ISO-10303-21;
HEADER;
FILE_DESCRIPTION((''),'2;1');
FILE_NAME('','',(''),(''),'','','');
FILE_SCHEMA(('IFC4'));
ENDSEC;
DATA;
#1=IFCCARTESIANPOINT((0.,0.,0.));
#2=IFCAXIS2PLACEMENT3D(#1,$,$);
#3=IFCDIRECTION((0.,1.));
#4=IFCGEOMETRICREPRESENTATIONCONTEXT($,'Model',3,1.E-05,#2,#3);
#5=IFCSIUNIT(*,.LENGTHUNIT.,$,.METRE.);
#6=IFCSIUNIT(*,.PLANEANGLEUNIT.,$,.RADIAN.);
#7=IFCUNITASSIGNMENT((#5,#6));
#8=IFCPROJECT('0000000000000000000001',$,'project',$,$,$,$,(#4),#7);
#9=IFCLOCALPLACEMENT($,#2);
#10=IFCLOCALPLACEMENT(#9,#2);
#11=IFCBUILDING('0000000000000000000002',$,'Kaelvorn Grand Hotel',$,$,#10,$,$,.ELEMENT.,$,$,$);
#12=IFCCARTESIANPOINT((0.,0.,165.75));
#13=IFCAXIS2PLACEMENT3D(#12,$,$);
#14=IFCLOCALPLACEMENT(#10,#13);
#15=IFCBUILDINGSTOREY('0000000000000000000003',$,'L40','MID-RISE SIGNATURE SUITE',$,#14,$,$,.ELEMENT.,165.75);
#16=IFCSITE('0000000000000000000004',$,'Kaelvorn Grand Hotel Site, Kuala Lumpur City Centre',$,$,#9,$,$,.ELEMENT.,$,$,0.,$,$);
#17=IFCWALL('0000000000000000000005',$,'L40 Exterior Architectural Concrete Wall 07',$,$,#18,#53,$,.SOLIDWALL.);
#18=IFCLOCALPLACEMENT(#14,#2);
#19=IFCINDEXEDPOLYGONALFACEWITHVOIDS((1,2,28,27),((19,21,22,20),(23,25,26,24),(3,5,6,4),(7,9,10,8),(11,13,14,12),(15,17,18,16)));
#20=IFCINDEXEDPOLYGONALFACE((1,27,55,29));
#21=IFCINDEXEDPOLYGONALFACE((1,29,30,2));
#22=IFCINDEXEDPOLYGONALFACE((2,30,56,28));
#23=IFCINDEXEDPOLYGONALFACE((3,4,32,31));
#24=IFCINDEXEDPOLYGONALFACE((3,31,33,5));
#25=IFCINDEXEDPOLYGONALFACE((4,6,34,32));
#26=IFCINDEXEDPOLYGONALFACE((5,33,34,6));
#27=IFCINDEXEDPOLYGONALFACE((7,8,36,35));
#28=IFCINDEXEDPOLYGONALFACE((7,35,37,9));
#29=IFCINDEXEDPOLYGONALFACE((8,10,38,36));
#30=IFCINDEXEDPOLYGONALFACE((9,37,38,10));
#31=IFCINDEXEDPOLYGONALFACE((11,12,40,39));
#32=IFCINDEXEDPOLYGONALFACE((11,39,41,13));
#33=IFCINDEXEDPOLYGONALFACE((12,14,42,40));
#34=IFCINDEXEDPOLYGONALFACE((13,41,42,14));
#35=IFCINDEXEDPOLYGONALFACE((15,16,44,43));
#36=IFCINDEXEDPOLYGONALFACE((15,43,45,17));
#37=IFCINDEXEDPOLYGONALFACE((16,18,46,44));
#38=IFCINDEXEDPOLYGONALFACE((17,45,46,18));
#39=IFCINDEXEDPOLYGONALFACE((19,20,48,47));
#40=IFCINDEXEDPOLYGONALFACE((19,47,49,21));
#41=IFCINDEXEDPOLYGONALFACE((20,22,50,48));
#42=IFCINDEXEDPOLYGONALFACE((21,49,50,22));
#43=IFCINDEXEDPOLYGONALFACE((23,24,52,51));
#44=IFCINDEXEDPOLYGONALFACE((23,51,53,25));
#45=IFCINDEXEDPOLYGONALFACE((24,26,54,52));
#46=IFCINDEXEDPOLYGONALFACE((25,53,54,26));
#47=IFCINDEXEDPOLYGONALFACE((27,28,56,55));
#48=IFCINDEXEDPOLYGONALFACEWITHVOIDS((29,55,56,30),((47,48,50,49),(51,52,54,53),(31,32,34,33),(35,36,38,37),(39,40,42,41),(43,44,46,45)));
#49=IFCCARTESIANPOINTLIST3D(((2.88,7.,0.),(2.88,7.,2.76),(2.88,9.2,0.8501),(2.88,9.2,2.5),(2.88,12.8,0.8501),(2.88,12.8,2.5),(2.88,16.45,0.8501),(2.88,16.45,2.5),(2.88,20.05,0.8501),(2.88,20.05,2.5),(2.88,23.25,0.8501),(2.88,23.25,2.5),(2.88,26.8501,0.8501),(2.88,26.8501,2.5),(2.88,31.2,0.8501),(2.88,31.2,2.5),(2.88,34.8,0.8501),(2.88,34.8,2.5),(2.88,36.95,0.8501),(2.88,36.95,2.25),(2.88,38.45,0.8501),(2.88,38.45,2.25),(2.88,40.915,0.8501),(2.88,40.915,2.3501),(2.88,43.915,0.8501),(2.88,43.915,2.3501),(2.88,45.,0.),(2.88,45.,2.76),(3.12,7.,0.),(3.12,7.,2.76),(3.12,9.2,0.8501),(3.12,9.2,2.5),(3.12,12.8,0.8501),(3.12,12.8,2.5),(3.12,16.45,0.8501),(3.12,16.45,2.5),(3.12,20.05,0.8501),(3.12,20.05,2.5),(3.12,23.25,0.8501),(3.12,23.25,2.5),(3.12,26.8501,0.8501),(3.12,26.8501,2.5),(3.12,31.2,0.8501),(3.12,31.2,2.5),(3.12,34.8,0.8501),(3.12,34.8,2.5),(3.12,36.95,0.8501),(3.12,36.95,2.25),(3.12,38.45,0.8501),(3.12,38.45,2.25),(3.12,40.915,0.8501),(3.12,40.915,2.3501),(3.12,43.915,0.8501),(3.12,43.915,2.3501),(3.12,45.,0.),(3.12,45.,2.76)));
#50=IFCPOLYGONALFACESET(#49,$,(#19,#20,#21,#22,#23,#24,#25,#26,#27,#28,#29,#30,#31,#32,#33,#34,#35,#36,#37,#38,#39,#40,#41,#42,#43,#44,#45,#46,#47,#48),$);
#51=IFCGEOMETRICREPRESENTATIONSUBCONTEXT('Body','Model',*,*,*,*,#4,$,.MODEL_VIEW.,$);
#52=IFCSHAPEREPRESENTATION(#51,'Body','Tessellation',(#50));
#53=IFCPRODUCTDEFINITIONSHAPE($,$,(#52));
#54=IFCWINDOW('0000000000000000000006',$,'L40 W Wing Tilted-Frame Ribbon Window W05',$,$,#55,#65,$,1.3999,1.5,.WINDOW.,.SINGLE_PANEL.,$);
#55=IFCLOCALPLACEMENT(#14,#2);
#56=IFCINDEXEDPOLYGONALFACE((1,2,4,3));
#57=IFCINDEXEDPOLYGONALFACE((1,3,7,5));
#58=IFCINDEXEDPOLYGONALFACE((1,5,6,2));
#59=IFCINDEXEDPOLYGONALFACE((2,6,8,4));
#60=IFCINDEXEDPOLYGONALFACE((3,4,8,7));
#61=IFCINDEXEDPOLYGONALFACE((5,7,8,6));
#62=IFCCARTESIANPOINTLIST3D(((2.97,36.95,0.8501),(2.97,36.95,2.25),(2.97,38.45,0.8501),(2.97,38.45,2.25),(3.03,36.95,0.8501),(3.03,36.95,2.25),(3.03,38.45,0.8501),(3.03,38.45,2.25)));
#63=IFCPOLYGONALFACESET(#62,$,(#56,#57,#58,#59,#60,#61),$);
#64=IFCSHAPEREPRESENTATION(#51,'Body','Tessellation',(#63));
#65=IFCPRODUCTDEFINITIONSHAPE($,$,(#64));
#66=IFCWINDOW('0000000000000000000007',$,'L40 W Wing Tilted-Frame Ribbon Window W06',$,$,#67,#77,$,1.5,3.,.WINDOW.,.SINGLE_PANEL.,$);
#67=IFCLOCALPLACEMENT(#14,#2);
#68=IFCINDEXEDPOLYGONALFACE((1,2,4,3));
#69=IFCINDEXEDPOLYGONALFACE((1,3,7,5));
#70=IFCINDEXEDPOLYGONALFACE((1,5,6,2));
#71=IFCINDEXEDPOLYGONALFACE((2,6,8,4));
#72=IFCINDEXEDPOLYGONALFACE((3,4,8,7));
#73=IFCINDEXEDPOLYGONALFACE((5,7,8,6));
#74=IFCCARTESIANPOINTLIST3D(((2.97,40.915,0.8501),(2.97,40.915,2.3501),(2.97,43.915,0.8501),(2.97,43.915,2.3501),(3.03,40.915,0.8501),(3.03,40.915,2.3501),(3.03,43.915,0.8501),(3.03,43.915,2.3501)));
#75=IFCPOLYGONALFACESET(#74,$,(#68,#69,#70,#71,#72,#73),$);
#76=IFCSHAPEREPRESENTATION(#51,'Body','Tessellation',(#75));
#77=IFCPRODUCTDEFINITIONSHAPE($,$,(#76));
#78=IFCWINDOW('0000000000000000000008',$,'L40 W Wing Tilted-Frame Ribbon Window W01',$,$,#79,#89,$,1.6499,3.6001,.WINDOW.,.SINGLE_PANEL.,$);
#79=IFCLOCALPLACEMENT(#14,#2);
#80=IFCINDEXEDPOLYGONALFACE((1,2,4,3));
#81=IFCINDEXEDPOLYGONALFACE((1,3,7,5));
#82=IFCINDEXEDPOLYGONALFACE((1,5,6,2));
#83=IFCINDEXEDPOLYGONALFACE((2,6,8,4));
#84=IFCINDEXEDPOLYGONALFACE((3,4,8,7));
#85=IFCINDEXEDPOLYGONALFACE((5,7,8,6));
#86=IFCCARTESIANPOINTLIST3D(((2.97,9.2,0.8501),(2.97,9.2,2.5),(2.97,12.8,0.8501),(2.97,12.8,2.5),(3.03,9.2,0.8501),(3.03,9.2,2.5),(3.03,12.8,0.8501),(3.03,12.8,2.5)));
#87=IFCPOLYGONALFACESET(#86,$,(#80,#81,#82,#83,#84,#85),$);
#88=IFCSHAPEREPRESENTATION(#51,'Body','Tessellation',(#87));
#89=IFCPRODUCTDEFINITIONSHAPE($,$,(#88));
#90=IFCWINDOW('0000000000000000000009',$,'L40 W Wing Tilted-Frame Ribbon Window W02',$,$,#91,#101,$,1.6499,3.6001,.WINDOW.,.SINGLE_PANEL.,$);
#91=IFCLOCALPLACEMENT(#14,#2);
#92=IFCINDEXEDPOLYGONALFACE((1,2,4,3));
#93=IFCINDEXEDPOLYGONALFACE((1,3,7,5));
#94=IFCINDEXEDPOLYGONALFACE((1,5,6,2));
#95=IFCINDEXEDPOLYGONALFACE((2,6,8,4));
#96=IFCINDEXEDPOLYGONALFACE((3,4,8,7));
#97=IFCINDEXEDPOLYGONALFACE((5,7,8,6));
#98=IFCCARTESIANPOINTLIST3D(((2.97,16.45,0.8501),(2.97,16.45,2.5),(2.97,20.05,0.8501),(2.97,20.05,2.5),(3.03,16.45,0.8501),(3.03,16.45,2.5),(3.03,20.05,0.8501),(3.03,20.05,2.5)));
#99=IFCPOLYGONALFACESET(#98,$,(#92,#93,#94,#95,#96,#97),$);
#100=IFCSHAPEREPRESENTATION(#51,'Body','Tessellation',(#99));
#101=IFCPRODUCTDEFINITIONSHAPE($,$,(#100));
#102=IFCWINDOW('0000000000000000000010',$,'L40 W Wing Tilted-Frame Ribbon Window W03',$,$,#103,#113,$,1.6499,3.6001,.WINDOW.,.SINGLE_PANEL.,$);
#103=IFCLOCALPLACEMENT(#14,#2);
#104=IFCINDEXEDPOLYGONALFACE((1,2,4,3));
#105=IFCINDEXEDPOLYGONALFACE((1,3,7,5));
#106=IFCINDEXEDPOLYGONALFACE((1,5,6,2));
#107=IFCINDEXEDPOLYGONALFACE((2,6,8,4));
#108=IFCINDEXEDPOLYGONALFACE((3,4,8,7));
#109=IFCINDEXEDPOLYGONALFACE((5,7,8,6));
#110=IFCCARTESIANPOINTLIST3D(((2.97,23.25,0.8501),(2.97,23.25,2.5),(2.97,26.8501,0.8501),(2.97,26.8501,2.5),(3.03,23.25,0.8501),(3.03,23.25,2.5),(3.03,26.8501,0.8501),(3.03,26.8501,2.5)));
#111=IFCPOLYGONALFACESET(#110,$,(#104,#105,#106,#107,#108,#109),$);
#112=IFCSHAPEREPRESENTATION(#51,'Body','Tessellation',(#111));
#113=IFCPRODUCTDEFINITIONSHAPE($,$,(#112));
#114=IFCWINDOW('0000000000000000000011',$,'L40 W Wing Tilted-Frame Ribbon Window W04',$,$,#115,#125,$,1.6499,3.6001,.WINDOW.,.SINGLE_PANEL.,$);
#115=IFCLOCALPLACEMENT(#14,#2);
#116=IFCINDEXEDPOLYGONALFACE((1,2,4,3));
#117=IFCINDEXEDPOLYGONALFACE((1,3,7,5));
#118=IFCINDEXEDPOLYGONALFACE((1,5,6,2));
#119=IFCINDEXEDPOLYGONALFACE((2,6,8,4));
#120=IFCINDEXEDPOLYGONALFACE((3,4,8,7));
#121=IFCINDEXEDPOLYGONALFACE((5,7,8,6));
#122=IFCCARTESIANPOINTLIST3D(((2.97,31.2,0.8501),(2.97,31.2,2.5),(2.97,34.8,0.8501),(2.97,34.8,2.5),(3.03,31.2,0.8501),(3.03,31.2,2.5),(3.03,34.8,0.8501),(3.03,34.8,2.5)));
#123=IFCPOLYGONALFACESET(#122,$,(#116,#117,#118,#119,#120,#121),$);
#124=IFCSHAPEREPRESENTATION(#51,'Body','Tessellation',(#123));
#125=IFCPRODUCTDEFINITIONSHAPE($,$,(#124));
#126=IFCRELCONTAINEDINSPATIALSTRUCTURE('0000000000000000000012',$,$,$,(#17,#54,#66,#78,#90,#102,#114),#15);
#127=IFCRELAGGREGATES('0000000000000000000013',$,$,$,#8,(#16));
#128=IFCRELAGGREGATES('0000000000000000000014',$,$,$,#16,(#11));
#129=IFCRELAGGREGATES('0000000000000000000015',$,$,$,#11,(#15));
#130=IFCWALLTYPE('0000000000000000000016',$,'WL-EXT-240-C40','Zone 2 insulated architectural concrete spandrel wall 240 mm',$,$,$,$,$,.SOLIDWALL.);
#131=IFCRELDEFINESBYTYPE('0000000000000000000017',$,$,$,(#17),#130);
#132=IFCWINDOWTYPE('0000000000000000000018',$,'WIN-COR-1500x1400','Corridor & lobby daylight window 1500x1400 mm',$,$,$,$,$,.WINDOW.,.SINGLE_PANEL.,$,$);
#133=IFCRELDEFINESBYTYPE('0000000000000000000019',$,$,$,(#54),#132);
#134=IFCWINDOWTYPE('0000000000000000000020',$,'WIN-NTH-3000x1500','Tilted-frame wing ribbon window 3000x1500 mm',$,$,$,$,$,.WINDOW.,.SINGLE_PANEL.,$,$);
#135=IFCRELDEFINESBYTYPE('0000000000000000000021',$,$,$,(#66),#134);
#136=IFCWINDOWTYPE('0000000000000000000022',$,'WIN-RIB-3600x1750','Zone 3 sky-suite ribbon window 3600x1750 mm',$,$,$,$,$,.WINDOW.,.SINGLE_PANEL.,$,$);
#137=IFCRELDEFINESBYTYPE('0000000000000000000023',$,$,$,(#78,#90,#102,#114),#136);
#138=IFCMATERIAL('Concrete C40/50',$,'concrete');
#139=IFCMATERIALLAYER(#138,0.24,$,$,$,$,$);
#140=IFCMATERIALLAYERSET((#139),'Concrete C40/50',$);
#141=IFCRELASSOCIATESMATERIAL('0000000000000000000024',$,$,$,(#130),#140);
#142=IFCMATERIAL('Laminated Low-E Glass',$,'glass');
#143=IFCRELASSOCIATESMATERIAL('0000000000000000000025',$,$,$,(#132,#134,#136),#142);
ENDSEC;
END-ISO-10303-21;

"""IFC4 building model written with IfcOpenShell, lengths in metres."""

from ifc_helpers import new_model, si_unit, direction, frame, frame_2d, origin, place, context, subcontext, project, spatial, rectangle, extrude, material, layer, layer_set, type_object, element, fill, save


model = new_model("IFC4")

# Units and contexts
model_context = context("Model", 3, precision=1e-05, world=origin(), true_north=direction((0.0, 1.0)))
body_context = subcontext(model_context, "Body", "Model", "MODEL_VIEW")
ifc_project = project(units=[si_unit("LENGTHUNIT", "METRE"), si_unit("PLANEANGLEUNIT", "RADIAN")], contexts=[model_context])

# Site, building, storey
site_placement = place(None, origin())
site = spatial("IfcSite", under=ifc_project, at=site_placement, Name="Kaelvorn Grand Hotel Site, Kuala Lumpur City Centre", CompositionType="ELEMENT", RefElevation=0.0)
building_placement = place(site_placement, origin())
building = spatial("IfcBuilding", under=site, at=building_placement, Name="Kaelvorn Grand Hotel", CompositionType="ELEMENT")
storey_placement = place(building_placement, frame((0.0, 0.0, 165.75)))
storey = spatial("IfcBuildingStorey", under=building, at=storey_placement, Name="L40", Description="MID-RISE SIGNATURE SUITE", CompositionType="ELEMENT", Elevation=165.75)

# Shared definitions
ifc_material_1 = material(Name="Concrete C40/50", Category="concrete")
ifc_layer_1 = layer(ifc_material_1, 0.24)
ifc_layer_set_1 = layer_set([ifc_layer_1], Name="Concrete C40/50")
wall_type = type_object("IfcWallType", Name="WL-EXT-240-C40", Description="Zone 2 insulated architectural concrete spandrel wall 240 mm", PredefinedType="SOLIDWALL", material=ifc_layer_set_1)
ifc_material_2 = material(Name="Laminated Low-E Glass", Category="glass")

# Wall, openings, windows
wall_1_placement = place(storey_placement, frame((3.0, 45.0, 0.0), z_axis=(0.0, 0.0, 1.0), x_axis=(0.0, -1.0, 0.0)))
wall_1 = element("IfcWall", 1, at=wall_1_placement, inside=storey, type_object=wall_type, Name="L40 Exterior Architectural Concrete Wall 07", PredefinedType="SOLIDWALL", context=body_context, shape_type="SweptSolid", body=[
    extrude(rectangle(XDim=38.0, YDim=0.24, at=frame_2d((19.0, 0.0))), origin(), (0.0, 0.0, 1.0), 2.76),
])
opening_1_placement = place(wall_1_placement, frame((32.2, 0.0, 0.8501)))
opening_1 = element("IfcOpeningElement", 2, at=opening_1_placement, cuts=wall_1, PredefinedType="OPENING", context=body_context, shape_type="SweptSolid", body=[
    extrude(rectangle(XDim=3.6001, YDim=1.6499, at=frame_2d((1.8, 0.825))), frame((0.0, 0.1299, 0.0), z_axis=(0.0, -1.0, 0.0), x_axis=(1.0, 0.0, 0.0)), (0.0, 0.0, 1.0), 0.26),
])
opening_2_placement = place(wall_1_placement, frame((24.95, 0.0, 0.8501)))
opening_2 = element("IfcOpeningElement", 3, at=opening_2_placement, cuts=wall_1, PredefinedType="OPENING", context=body_context, shape_type="SweptSolid", body=[
    extrude(rectangle(XDim=3.6001, YDim=1.6499, at=frame_2d((1.8, 0.825))), frame((0.0, 0.1299, 0.0), z_axis=(0.0, -1.0, 0.0), x_axis=(1.0, 0.0, 0.0)), (0.0, 0.0, 1.0), 0.26),
])
opening_3_placement = place(wall_1_placement, frame((18.1499, 0.0, 0.8501)))
opening_3 = element("IfcOpeningElement", 4, at=opening_3_placement, cuts=wall_1, PredefinedType="OPENING", context=body_context, shape_type="SweptSolid", body=[
    extrude(rectangle(XDim=3.6001, YDim=1.6499, at=frame_2d((1.8, 0.825))), frame((0.0, 0.1299, 0.0), z_axis=(0.0, -1.0, 0.0), x_axis=(1.0, 0.0, 0.0)), (0.0, 0.0, 1.0), 0.26),
])
opening_4_placement = place(wall_1_placement, frame((10.2, 0.0, 0.8501)))
opening_4 = element("IfcOpeningElement", 5, at=opening_4_placement, cuts=wall_1, PredefinedType="OPENING", context=body_context, shape_type="SweptSolid", body=[
    extrude(rectangle(XDim=3.6001, YDim=1.6499, at=frame_2d((1.8, 0.825))), frame((0.0, 0.1299, 0.0), z_axis=(0.0, -1.0, 0.0), x_axis=(1.0, 0.0, 0.0)), (0.0, 0.0, 1.0), 0.26),
])
opening_5_placement = place(wall_1_placement, frame((6.55, 0.0, 0.8501)))
opening_5 = element("IfcOpeningElement", 6, at=opening_5_placement, cuts=wall_1, PredefinedType="OPENING", context=body_context, shape_type="SweptSolid", body=[
    extrude(rectangle(XDim=1.5, YDim=1.3999, at=frame_2d((0.75, 0.7))), frame((0.0, 0.1299, 0.0), z_axis=(0.0, -1.0, 0.0), x_axis=(1.0, 0.0, 0.0)), (0.0, 0.0, 1.0), 0.26),
])
opening_6_placement = place(wall_1_placement, frame((1.085, 0.0, 0.8501)))
opening_6 = element("IfcOpeningElement", 7, at=opening_6_placement, cuts=wall_1, PredefinedType="OPENING", context=body_context, shape_type="SweptSolid", body=[
    extrude(rectangle(XDim=3.0, YDim=1.5, at=frame_2d((1.5, 0.75))), frame((0.0, 0.1299, 0.0), z_axis=(0.0, -1.0, 0.0), x_axis=(1.0, 0.0, 0.0)), (0.0, 0.0, 1.0), 0.26),
])
window_type_1 = type_object("IfcWindowType", Name="WIN-COR-1500x1400", Description="Corridor & lobby daylight window 1500x1400 mm", PartitioningType="SINGLE_PANEL", PredefinedType="WINDOW", material=ifc_material_2)
window_1_placement = place(opening_5_placement, origin())
window_1 = element("IfcWindow", 8, at=window_1_placement, inside=storey, type_object=window_type_1, Name="L40 W Wing Tilted-Frame Ribbon Window W05", OverallHeight=1.3999, OverallWidth=1.5, PartitioningType="SINGLE_PANEL", PredefinedType="WINDOW", context=body_context, shape_type="SweptSolid", body=[
    extrude(rectangle(XDim=1.5, YDim=1.3999, at=frame_2d((0.75, 0.7))), frame((0.0, 0.03, 0.0), z_axis=(0.0, -1.0, 0.0), x_axis=(1.0, 0.0, 0.0)), (0.0, 0.0, 1.0), 0.0601),
])
fill(opening_5, window_1)
window_type_2 = type_object("IfcWindowType", Name="WIN-NTH-3000x1500", Description="Tilted-frame wing ribbon window 3000x1500 mm", PartitioningType="SINGLE_PANEL", PredefinedType="WINDOW", material=ifc_material_2)
window_2_placement = place(opening_6_placement, origin())
window_2 = element("IfcWindow", 9, at=window_2_placement, inside=storey, type_object=window_type_2, Name="L40 W Wing Tilted-Frame Ribbon Window W06", OverallHeight=1.5, OverallWidth=3.0, PartitioningType="SINGLE_PANEL", PredefinedType="WINDOW", context=body_context, shape_type="SweptSolid", body=[
    extrude(rectangle(XDim=3.0, YDim=1.5, at=frame_2d((1.5, 0.75))), frame((0.0, 0.03, 0.0), z_axis=(0.0, -1.0, 0.0), x_axis=(1.0, 0.0, 0.0)), (0.0, 0.0, 1.0), 0.0601),
])
fill(opening_6, window_2)
window_type_3 = type_object("IfcWindowType", Name="WIN-RIB-3600x1750", Description="Zone 3 sky-suite ribbon window 3600x1750 mm", PartitioningType="SINGLE_PANEL", PredefinedType="WINDOW", material=ifc_material_2)
window_3_placement = place(opening_1_placement, origin())
window_3 = element("IfcWindow", 10, at=window_3_placement, inside=storey, type_object=window_type_3, Name="L40 W Wing Tilted-Frame Ribbon Window W01", OverallHeight=1.6499, OverallWidth=3.6001, PartitioningType="SINGLE_PANEL", PredefinedType="WINDOW", context=body_context, shape_type="SweptSolid", body=[
    extrude(rectangle(XDim=3.6001, YDim=1.6499, at=frame_2d((1.8, 0.825))), frame((0.0, 0.03, 0.0), z_axis=(0.0, -1.0, 0.0), x_axis=(1.0, 0.0, 0.0)), (0.0, 0.0, 1.0), 0.0601),
])
fill(opening_1, window_3)
window_4_placement = place(opening_2_placement, origin())
window_4 = element("IfcWindow", 11, at=window_4_placement, inside=storey, type_object=window_type_3, Name="L40 W Wing Tilted-Frame Ribbon Window W02", OverallHeight=1.6499, OverallWidth=3.6001, PartitioningType="SINGLE_PANEL", PredefinedType="WINDOW", context=body_context, shape_type="SweptSolid", body=[
    extrude(rectangle(XDim=3.6001, YDim=1.6499, at=frame_2d((1.8, 0.825))), frame((0.0, 0.03, 0.0), z_axis=(0.0, -1.0, 0.0), x_axis=(1.0, 0.0, 0.0)), (0.0, 0.0, 1.0), 0.0601),
])
fill(opening_2, window_4)
window_5_placement = place(opening_3_placement, origin())
window_5 = element("IfcWindow", 12, at=window_5_placement, inside=storey, type_object=window_type_3, Name="L40 W Wing Tilted-Frame Ribbon Window W03", OverallHeight=1.6499, OverallWidth=3.6001, PartitioningType="SINGLE_PANEL", PredefinedType="WINDOW", context=body_context, shape_type="SweptSolid", body=[
    extrude(rectangle(XDim=3.6001, YDim=1.6499, at=frame_2d((1.8, 0.825))), frame((0.0, 0.03, 0.0), z_axis=(0.0, -1.0, 0.0), x_axis=(1.0, 0.0, 0.0)), (0.0, 0.0, 1.0), 0.0601),
])
fill(opening_3, window_5)
window_6_placement = place(opening_4_placement, origin())
window_6 = element("IfcWindow", 13, at=window_6_placement, inside=storey, type_object=window_type_3, Name="L40 W Wing Tilted-Frame Ribbon Window W04", OverallHeight=1.6499, OverallWidth=3.6001, PartitioningType="SINGLE_PANEL", PredefinedType="WINDOW", context=body_context, shape_type="SweptSolid", body=[
    extrude(rectangle(XDim=3.6001, YDim=1.6499, at=frame_2d((1.8, 0.825))), frame((0.0, 0.03, 0.0), z_axis=(0.0, -1.0, 0.0), x_axis=(1.0, 0.0, 0.0)), (0.0, 0.0, 1.0), 0.0601),
])
fill(opening_4, window_6)

save(model, "model.ifc")
